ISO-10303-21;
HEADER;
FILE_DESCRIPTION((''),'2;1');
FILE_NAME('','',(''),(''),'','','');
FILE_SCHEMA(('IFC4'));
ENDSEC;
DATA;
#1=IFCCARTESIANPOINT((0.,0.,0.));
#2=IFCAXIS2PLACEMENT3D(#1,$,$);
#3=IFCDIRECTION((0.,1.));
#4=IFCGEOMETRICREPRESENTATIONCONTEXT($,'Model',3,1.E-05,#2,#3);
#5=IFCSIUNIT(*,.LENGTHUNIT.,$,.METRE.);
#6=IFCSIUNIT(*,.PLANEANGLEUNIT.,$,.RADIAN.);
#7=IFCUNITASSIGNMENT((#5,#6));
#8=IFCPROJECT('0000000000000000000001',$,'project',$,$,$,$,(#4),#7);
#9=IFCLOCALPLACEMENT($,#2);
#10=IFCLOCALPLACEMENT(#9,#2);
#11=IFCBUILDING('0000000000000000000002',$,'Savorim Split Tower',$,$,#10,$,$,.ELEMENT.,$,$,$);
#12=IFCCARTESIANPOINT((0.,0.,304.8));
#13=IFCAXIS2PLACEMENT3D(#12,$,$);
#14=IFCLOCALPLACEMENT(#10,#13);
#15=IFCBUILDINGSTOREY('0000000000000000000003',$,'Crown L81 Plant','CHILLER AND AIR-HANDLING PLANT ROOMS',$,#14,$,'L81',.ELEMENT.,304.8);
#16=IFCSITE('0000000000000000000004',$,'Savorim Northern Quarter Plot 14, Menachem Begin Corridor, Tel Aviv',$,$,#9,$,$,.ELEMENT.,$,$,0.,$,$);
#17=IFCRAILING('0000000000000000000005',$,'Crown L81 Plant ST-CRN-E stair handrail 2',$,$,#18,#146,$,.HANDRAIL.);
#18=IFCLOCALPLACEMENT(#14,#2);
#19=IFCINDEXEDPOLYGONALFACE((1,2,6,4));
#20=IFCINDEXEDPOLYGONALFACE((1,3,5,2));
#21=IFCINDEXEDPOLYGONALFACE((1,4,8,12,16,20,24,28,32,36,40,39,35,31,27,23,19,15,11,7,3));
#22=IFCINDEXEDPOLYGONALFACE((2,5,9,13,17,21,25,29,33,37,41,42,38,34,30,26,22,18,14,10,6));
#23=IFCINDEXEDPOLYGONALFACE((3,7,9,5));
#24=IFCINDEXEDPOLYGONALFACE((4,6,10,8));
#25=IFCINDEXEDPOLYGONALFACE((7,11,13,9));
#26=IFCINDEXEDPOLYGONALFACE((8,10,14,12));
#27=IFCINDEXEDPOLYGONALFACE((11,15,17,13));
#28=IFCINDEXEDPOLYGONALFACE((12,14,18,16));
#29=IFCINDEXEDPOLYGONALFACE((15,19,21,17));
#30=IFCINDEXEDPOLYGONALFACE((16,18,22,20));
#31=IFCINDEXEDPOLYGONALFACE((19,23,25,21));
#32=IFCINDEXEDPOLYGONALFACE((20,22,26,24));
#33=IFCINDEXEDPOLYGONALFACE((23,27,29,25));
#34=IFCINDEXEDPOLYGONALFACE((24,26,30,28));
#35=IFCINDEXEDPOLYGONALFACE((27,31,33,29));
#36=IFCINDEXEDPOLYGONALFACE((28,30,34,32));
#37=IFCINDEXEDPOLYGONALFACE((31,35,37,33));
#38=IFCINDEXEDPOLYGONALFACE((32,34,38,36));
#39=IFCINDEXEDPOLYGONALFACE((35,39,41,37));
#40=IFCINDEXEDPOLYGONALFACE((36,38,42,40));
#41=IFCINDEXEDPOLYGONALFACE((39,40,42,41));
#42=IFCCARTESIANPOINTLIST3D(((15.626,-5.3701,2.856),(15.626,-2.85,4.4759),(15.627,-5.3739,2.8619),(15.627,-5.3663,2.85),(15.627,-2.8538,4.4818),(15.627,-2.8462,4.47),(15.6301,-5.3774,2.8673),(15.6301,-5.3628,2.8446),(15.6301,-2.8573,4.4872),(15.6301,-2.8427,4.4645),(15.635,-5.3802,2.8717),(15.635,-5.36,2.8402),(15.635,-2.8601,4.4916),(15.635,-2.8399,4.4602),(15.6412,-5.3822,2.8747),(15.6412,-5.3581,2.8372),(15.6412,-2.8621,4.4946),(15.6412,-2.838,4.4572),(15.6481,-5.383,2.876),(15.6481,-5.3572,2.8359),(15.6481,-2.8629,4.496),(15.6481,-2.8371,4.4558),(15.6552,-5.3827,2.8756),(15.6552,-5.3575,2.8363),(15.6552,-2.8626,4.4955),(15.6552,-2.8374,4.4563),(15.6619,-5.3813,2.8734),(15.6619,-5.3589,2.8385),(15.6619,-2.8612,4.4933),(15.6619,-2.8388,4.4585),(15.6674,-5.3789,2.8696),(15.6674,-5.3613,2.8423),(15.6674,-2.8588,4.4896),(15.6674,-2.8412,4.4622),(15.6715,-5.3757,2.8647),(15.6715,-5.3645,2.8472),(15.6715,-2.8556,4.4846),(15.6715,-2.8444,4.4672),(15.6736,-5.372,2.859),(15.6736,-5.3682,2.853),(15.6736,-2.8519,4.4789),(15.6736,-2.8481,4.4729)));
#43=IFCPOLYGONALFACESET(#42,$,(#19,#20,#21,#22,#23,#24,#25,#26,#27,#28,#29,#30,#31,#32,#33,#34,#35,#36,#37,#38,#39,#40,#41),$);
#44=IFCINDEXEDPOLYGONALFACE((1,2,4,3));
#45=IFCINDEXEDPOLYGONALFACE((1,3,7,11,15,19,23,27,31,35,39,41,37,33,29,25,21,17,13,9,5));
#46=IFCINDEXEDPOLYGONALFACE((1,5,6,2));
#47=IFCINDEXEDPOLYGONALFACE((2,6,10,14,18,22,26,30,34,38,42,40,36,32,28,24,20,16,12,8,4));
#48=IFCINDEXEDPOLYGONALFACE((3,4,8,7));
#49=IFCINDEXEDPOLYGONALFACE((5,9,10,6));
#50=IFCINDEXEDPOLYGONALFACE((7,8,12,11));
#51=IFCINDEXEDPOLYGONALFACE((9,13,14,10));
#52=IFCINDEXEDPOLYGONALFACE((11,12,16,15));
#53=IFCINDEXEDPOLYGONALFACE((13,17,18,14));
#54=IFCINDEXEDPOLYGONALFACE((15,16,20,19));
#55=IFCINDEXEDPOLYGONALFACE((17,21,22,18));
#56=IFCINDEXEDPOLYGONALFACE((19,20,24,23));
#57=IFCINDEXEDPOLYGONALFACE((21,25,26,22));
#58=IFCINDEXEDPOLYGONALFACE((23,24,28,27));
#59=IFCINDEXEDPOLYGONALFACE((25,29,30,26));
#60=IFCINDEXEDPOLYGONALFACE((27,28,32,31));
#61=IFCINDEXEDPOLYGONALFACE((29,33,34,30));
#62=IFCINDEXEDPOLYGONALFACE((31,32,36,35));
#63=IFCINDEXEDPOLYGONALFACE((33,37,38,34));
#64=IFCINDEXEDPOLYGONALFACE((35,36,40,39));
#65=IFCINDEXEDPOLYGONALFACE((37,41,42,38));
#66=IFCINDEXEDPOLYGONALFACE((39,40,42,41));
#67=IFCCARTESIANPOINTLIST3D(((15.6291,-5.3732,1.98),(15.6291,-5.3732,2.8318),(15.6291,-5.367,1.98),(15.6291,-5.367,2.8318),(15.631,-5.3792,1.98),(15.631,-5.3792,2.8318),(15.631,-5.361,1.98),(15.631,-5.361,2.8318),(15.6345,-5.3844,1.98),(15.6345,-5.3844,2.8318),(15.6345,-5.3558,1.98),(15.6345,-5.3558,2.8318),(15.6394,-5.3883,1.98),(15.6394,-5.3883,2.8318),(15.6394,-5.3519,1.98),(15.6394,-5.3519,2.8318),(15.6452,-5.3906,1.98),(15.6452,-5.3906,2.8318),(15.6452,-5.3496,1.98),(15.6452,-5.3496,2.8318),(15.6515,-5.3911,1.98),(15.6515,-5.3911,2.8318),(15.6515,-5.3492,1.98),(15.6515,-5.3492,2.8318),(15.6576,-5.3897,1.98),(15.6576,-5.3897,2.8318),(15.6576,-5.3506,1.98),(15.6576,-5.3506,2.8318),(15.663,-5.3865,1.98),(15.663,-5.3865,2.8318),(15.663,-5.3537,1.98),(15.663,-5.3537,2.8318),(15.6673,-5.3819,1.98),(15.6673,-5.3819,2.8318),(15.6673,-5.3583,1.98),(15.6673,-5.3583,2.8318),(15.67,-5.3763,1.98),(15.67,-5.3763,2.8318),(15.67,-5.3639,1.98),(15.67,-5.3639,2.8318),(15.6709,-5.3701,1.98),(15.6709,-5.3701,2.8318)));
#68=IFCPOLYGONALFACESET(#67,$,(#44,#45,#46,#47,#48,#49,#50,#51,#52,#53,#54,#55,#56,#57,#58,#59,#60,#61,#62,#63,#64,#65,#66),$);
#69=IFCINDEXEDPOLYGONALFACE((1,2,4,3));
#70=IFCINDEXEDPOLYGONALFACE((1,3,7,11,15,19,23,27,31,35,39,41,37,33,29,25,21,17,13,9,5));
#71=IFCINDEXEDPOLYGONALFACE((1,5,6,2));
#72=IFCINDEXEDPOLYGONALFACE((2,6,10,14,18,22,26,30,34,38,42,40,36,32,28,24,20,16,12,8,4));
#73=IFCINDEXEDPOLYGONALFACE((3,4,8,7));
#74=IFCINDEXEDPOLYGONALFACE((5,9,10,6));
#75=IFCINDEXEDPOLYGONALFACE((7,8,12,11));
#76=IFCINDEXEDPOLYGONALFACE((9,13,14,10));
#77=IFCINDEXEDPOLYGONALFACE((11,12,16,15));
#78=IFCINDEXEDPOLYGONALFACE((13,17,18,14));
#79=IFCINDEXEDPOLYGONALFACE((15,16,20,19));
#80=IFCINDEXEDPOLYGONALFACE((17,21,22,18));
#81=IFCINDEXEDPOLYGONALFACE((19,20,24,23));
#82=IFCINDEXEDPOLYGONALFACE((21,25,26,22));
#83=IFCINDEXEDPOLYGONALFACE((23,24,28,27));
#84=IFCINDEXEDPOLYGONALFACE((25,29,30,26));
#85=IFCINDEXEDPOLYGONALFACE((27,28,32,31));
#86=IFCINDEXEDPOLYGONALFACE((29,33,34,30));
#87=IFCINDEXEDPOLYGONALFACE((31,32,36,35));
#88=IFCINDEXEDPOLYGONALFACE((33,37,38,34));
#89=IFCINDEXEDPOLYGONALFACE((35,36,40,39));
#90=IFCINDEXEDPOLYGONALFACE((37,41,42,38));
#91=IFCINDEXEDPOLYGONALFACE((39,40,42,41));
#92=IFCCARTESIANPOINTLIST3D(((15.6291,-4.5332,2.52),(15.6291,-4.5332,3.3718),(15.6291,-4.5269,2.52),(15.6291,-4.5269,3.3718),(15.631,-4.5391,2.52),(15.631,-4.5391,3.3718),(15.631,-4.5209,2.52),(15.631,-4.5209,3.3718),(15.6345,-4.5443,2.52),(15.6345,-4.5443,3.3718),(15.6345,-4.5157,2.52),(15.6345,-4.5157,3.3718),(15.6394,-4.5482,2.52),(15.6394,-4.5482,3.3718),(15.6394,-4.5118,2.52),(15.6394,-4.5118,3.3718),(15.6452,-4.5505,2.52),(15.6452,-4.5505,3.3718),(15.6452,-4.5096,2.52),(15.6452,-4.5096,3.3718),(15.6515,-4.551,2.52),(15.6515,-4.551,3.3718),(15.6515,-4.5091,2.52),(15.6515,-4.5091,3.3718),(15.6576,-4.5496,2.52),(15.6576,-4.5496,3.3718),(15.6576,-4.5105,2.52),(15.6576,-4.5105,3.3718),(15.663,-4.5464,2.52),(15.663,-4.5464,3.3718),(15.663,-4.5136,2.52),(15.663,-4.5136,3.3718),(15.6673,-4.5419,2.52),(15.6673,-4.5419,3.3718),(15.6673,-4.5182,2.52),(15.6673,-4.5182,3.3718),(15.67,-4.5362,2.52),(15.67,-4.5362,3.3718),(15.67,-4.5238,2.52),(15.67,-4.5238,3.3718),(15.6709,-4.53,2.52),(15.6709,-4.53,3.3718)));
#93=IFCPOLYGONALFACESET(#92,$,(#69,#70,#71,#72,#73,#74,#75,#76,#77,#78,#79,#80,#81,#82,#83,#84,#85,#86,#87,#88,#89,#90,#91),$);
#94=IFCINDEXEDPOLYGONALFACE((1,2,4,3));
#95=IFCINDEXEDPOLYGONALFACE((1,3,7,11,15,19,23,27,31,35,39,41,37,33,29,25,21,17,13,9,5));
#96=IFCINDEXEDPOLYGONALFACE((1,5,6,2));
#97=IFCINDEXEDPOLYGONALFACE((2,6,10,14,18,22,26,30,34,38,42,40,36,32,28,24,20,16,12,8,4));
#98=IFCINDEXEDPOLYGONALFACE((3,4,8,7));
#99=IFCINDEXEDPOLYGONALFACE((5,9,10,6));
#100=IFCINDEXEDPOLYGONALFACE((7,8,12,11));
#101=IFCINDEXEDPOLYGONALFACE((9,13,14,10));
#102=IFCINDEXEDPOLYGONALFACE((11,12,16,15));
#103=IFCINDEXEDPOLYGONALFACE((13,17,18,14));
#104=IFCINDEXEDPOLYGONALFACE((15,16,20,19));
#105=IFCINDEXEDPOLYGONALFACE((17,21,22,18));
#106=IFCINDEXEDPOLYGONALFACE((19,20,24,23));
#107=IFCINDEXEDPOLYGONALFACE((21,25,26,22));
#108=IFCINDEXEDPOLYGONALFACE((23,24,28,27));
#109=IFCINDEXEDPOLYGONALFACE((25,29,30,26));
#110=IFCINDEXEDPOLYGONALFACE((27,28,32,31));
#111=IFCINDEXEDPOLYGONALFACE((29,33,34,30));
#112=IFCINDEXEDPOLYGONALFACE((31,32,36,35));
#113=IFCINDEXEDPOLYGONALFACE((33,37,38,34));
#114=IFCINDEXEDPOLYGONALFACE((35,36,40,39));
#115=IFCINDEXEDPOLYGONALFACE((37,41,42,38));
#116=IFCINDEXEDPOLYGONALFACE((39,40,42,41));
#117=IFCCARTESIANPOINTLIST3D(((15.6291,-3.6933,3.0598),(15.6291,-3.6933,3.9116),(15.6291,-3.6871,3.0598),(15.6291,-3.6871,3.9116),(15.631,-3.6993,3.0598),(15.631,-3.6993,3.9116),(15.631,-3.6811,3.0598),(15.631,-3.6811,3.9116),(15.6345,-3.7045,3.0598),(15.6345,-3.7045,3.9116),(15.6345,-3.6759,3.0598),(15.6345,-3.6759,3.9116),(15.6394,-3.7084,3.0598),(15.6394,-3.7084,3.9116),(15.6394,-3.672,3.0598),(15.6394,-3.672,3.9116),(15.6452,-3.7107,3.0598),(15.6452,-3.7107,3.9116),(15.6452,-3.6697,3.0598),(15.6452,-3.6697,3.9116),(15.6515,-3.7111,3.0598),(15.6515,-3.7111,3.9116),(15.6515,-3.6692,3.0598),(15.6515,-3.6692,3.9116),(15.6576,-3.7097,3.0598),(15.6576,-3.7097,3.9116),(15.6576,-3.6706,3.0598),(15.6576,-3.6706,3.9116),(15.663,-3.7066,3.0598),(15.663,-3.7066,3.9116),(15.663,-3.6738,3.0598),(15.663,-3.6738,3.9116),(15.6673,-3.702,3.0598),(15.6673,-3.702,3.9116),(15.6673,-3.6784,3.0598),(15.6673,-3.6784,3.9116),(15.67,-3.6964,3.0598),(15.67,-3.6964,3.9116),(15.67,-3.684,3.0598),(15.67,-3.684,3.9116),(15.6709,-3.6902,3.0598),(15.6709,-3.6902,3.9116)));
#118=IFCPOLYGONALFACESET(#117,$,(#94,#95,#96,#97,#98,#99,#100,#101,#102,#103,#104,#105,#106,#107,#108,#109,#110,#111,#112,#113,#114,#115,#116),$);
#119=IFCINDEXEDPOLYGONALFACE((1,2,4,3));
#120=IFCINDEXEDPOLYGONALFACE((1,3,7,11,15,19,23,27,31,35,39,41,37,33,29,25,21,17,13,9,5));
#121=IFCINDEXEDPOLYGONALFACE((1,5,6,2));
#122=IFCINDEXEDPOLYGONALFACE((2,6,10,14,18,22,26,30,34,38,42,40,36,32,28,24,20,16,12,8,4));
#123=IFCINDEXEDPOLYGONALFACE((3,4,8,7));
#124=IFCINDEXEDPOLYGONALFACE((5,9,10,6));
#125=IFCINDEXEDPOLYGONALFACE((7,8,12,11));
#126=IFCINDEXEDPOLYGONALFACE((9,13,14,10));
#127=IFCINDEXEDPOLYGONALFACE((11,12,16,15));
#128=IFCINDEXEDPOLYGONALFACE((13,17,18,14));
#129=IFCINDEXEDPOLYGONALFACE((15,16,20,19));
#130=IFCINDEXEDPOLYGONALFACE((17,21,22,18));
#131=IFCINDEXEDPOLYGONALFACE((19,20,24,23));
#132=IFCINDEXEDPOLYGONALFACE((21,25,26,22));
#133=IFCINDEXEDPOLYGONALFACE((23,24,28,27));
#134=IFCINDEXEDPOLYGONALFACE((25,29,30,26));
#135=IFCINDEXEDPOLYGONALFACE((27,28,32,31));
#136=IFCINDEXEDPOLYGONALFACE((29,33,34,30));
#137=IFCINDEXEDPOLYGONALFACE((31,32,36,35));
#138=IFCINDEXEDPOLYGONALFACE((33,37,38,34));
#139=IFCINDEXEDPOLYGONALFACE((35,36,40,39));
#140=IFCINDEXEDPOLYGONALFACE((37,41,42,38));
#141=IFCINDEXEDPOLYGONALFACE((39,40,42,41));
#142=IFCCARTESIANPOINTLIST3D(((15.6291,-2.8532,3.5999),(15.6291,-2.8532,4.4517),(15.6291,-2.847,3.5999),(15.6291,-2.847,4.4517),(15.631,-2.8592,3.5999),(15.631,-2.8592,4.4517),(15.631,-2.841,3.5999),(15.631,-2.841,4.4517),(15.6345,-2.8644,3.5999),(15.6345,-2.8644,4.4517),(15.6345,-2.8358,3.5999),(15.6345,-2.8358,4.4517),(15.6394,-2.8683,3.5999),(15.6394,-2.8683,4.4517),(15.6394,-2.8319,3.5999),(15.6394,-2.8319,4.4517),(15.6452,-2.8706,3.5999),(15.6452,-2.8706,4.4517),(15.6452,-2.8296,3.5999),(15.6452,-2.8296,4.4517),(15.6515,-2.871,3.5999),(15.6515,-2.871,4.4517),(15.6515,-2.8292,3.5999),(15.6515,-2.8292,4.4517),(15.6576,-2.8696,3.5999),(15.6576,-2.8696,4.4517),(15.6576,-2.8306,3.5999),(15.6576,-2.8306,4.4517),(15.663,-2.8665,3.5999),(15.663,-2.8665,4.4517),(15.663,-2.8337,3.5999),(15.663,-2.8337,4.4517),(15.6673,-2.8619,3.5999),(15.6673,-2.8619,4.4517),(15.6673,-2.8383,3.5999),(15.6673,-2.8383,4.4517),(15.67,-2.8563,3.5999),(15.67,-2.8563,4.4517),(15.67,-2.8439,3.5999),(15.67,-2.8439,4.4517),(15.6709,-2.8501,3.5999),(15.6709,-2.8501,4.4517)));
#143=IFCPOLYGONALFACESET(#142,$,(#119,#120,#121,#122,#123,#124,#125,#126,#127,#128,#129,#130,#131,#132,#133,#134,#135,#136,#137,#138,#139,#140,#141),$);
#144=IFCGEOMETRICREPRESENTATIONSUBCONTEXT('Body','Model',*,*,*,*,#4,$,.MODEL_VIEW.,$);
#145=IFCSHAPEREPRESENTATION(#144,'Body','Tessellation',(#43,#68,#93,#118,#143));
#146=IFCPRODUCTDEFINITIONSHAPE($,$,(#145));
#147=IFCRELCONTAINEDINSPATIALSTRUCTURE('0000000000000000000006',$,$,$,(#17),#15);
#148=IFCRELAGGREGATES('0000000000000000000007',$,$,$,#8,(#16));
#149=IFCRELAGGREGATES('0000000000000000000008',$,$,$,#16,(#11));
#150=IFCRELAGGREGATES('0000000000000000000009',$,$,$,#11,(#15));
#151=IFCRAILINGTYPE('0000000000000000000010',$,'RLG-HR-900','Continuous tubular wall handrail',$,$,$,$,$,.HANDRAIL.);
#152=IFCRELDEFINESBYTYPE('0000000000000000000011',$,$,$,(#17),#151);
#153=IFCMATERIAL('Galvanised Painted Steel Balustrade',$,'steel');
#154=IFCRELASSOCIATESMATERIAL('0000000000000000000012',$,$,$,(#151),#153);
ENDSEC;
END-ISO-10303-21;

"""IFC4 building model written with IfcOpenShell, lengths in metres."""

from ifc_helpers import new_model, si_unit, direction, frame, origin, origin_2d, place, context, subcontext, project, spatial, circle, extrude, material, type_object, element, save


model = new_model("IFC4")

# Units and contexts
model_context = context("Model", 3, precision=1e-05, world=origin(), true_north=direction((0.0, 1.0)))
body_context = subcontext(model_context, "Body", "Model", "MODEL_VIEW")
ifc_project = project(units=[si_unit("LENGTHUNIT", "METRE"), si_unit("PLANEANGLEUNIT", "RADIAN")], contexts=[model_context])

# Site, building, storey
site_placement = place(None, origin())
site = spatial("IfcSite", under=ifc_project, at=site_placement, Name="Savorim Northern Quarter Plot 14, Menachem Begin Corridor, Tel Aviv", CompositionType="ELEMENT", RefElevation=0.0)
building_placement = place(site_placement, origin())
building = spatial("IfcBuilding", under=site, at=building_placement, Name="Savorim Split Tower", CompositionType="ELEMENT")
storey_placement = place(building_placement, frame((0.0, 0.0, 304.8)))
storey = spatial("IfcBuildingStorey", under=building, at=storey_placement, Name="Crown L81 Plant", Description="CHILLER AND AIR-HANDLING PLANT ROOMS", LongName="L81", CompositionType="ELEMENT", Elevation=304.8)

# Railing
ifc_material_1 = material(Name="Galvanised Painted Steel Balustrade", Category="steel")
railing_type_1 = type_object("IfcRailingType", Name="RLG-HR-900", Description="Continuous tubular wall handrail", PredefinedType="HANDRAIL", material=ifc_material_1)
railing_1_placement = place(storey_placement, frame((15.6499, -5.3701, 1.98)))
element("IfcRailing", 1, at=railing_1_placement, inside=storey, type_object=railing_type_1, Name="Crown L81 Plant ST-CRN-E stair handrail 2", PredefinedType="HANDRAIL", context=body_context, shape_type="SweptSolid", body=[
    extrude(circle(Radius=0.0239, at=origin_2d()), frame((0.0, 0.0, 0.876), z_axis=(0.0, 0.8412, 0.540725), x_axis=(-1.0, 0.0, 0.0)), (0.0, 0.0, 1.0), 2.9958),
    extrude(circle(Radius=0.021, at=origin_2d()), origin(), (0.0, 0.0, 1.0), 0.8518),
    extrude(circle(Radius=0.021, at=origin_2d()), frame((0.0, 0.8401, 0.54)), (0.0, 0.0, 1.0), 0.8518),
    extrude(circle(Radius=0.021, at=origin_2d()), frame((0.0, 1.6799, 1.0798)), (0.0, 0.0, 1.0), 0.8518),
    extrude(circle(Radius=0.021, at=origin_2d()), frame((0.0, 2.52, 1.6199)), (0.0, 0.0, 1.0), 0.8518),
])

save(model, "model.ifc")
